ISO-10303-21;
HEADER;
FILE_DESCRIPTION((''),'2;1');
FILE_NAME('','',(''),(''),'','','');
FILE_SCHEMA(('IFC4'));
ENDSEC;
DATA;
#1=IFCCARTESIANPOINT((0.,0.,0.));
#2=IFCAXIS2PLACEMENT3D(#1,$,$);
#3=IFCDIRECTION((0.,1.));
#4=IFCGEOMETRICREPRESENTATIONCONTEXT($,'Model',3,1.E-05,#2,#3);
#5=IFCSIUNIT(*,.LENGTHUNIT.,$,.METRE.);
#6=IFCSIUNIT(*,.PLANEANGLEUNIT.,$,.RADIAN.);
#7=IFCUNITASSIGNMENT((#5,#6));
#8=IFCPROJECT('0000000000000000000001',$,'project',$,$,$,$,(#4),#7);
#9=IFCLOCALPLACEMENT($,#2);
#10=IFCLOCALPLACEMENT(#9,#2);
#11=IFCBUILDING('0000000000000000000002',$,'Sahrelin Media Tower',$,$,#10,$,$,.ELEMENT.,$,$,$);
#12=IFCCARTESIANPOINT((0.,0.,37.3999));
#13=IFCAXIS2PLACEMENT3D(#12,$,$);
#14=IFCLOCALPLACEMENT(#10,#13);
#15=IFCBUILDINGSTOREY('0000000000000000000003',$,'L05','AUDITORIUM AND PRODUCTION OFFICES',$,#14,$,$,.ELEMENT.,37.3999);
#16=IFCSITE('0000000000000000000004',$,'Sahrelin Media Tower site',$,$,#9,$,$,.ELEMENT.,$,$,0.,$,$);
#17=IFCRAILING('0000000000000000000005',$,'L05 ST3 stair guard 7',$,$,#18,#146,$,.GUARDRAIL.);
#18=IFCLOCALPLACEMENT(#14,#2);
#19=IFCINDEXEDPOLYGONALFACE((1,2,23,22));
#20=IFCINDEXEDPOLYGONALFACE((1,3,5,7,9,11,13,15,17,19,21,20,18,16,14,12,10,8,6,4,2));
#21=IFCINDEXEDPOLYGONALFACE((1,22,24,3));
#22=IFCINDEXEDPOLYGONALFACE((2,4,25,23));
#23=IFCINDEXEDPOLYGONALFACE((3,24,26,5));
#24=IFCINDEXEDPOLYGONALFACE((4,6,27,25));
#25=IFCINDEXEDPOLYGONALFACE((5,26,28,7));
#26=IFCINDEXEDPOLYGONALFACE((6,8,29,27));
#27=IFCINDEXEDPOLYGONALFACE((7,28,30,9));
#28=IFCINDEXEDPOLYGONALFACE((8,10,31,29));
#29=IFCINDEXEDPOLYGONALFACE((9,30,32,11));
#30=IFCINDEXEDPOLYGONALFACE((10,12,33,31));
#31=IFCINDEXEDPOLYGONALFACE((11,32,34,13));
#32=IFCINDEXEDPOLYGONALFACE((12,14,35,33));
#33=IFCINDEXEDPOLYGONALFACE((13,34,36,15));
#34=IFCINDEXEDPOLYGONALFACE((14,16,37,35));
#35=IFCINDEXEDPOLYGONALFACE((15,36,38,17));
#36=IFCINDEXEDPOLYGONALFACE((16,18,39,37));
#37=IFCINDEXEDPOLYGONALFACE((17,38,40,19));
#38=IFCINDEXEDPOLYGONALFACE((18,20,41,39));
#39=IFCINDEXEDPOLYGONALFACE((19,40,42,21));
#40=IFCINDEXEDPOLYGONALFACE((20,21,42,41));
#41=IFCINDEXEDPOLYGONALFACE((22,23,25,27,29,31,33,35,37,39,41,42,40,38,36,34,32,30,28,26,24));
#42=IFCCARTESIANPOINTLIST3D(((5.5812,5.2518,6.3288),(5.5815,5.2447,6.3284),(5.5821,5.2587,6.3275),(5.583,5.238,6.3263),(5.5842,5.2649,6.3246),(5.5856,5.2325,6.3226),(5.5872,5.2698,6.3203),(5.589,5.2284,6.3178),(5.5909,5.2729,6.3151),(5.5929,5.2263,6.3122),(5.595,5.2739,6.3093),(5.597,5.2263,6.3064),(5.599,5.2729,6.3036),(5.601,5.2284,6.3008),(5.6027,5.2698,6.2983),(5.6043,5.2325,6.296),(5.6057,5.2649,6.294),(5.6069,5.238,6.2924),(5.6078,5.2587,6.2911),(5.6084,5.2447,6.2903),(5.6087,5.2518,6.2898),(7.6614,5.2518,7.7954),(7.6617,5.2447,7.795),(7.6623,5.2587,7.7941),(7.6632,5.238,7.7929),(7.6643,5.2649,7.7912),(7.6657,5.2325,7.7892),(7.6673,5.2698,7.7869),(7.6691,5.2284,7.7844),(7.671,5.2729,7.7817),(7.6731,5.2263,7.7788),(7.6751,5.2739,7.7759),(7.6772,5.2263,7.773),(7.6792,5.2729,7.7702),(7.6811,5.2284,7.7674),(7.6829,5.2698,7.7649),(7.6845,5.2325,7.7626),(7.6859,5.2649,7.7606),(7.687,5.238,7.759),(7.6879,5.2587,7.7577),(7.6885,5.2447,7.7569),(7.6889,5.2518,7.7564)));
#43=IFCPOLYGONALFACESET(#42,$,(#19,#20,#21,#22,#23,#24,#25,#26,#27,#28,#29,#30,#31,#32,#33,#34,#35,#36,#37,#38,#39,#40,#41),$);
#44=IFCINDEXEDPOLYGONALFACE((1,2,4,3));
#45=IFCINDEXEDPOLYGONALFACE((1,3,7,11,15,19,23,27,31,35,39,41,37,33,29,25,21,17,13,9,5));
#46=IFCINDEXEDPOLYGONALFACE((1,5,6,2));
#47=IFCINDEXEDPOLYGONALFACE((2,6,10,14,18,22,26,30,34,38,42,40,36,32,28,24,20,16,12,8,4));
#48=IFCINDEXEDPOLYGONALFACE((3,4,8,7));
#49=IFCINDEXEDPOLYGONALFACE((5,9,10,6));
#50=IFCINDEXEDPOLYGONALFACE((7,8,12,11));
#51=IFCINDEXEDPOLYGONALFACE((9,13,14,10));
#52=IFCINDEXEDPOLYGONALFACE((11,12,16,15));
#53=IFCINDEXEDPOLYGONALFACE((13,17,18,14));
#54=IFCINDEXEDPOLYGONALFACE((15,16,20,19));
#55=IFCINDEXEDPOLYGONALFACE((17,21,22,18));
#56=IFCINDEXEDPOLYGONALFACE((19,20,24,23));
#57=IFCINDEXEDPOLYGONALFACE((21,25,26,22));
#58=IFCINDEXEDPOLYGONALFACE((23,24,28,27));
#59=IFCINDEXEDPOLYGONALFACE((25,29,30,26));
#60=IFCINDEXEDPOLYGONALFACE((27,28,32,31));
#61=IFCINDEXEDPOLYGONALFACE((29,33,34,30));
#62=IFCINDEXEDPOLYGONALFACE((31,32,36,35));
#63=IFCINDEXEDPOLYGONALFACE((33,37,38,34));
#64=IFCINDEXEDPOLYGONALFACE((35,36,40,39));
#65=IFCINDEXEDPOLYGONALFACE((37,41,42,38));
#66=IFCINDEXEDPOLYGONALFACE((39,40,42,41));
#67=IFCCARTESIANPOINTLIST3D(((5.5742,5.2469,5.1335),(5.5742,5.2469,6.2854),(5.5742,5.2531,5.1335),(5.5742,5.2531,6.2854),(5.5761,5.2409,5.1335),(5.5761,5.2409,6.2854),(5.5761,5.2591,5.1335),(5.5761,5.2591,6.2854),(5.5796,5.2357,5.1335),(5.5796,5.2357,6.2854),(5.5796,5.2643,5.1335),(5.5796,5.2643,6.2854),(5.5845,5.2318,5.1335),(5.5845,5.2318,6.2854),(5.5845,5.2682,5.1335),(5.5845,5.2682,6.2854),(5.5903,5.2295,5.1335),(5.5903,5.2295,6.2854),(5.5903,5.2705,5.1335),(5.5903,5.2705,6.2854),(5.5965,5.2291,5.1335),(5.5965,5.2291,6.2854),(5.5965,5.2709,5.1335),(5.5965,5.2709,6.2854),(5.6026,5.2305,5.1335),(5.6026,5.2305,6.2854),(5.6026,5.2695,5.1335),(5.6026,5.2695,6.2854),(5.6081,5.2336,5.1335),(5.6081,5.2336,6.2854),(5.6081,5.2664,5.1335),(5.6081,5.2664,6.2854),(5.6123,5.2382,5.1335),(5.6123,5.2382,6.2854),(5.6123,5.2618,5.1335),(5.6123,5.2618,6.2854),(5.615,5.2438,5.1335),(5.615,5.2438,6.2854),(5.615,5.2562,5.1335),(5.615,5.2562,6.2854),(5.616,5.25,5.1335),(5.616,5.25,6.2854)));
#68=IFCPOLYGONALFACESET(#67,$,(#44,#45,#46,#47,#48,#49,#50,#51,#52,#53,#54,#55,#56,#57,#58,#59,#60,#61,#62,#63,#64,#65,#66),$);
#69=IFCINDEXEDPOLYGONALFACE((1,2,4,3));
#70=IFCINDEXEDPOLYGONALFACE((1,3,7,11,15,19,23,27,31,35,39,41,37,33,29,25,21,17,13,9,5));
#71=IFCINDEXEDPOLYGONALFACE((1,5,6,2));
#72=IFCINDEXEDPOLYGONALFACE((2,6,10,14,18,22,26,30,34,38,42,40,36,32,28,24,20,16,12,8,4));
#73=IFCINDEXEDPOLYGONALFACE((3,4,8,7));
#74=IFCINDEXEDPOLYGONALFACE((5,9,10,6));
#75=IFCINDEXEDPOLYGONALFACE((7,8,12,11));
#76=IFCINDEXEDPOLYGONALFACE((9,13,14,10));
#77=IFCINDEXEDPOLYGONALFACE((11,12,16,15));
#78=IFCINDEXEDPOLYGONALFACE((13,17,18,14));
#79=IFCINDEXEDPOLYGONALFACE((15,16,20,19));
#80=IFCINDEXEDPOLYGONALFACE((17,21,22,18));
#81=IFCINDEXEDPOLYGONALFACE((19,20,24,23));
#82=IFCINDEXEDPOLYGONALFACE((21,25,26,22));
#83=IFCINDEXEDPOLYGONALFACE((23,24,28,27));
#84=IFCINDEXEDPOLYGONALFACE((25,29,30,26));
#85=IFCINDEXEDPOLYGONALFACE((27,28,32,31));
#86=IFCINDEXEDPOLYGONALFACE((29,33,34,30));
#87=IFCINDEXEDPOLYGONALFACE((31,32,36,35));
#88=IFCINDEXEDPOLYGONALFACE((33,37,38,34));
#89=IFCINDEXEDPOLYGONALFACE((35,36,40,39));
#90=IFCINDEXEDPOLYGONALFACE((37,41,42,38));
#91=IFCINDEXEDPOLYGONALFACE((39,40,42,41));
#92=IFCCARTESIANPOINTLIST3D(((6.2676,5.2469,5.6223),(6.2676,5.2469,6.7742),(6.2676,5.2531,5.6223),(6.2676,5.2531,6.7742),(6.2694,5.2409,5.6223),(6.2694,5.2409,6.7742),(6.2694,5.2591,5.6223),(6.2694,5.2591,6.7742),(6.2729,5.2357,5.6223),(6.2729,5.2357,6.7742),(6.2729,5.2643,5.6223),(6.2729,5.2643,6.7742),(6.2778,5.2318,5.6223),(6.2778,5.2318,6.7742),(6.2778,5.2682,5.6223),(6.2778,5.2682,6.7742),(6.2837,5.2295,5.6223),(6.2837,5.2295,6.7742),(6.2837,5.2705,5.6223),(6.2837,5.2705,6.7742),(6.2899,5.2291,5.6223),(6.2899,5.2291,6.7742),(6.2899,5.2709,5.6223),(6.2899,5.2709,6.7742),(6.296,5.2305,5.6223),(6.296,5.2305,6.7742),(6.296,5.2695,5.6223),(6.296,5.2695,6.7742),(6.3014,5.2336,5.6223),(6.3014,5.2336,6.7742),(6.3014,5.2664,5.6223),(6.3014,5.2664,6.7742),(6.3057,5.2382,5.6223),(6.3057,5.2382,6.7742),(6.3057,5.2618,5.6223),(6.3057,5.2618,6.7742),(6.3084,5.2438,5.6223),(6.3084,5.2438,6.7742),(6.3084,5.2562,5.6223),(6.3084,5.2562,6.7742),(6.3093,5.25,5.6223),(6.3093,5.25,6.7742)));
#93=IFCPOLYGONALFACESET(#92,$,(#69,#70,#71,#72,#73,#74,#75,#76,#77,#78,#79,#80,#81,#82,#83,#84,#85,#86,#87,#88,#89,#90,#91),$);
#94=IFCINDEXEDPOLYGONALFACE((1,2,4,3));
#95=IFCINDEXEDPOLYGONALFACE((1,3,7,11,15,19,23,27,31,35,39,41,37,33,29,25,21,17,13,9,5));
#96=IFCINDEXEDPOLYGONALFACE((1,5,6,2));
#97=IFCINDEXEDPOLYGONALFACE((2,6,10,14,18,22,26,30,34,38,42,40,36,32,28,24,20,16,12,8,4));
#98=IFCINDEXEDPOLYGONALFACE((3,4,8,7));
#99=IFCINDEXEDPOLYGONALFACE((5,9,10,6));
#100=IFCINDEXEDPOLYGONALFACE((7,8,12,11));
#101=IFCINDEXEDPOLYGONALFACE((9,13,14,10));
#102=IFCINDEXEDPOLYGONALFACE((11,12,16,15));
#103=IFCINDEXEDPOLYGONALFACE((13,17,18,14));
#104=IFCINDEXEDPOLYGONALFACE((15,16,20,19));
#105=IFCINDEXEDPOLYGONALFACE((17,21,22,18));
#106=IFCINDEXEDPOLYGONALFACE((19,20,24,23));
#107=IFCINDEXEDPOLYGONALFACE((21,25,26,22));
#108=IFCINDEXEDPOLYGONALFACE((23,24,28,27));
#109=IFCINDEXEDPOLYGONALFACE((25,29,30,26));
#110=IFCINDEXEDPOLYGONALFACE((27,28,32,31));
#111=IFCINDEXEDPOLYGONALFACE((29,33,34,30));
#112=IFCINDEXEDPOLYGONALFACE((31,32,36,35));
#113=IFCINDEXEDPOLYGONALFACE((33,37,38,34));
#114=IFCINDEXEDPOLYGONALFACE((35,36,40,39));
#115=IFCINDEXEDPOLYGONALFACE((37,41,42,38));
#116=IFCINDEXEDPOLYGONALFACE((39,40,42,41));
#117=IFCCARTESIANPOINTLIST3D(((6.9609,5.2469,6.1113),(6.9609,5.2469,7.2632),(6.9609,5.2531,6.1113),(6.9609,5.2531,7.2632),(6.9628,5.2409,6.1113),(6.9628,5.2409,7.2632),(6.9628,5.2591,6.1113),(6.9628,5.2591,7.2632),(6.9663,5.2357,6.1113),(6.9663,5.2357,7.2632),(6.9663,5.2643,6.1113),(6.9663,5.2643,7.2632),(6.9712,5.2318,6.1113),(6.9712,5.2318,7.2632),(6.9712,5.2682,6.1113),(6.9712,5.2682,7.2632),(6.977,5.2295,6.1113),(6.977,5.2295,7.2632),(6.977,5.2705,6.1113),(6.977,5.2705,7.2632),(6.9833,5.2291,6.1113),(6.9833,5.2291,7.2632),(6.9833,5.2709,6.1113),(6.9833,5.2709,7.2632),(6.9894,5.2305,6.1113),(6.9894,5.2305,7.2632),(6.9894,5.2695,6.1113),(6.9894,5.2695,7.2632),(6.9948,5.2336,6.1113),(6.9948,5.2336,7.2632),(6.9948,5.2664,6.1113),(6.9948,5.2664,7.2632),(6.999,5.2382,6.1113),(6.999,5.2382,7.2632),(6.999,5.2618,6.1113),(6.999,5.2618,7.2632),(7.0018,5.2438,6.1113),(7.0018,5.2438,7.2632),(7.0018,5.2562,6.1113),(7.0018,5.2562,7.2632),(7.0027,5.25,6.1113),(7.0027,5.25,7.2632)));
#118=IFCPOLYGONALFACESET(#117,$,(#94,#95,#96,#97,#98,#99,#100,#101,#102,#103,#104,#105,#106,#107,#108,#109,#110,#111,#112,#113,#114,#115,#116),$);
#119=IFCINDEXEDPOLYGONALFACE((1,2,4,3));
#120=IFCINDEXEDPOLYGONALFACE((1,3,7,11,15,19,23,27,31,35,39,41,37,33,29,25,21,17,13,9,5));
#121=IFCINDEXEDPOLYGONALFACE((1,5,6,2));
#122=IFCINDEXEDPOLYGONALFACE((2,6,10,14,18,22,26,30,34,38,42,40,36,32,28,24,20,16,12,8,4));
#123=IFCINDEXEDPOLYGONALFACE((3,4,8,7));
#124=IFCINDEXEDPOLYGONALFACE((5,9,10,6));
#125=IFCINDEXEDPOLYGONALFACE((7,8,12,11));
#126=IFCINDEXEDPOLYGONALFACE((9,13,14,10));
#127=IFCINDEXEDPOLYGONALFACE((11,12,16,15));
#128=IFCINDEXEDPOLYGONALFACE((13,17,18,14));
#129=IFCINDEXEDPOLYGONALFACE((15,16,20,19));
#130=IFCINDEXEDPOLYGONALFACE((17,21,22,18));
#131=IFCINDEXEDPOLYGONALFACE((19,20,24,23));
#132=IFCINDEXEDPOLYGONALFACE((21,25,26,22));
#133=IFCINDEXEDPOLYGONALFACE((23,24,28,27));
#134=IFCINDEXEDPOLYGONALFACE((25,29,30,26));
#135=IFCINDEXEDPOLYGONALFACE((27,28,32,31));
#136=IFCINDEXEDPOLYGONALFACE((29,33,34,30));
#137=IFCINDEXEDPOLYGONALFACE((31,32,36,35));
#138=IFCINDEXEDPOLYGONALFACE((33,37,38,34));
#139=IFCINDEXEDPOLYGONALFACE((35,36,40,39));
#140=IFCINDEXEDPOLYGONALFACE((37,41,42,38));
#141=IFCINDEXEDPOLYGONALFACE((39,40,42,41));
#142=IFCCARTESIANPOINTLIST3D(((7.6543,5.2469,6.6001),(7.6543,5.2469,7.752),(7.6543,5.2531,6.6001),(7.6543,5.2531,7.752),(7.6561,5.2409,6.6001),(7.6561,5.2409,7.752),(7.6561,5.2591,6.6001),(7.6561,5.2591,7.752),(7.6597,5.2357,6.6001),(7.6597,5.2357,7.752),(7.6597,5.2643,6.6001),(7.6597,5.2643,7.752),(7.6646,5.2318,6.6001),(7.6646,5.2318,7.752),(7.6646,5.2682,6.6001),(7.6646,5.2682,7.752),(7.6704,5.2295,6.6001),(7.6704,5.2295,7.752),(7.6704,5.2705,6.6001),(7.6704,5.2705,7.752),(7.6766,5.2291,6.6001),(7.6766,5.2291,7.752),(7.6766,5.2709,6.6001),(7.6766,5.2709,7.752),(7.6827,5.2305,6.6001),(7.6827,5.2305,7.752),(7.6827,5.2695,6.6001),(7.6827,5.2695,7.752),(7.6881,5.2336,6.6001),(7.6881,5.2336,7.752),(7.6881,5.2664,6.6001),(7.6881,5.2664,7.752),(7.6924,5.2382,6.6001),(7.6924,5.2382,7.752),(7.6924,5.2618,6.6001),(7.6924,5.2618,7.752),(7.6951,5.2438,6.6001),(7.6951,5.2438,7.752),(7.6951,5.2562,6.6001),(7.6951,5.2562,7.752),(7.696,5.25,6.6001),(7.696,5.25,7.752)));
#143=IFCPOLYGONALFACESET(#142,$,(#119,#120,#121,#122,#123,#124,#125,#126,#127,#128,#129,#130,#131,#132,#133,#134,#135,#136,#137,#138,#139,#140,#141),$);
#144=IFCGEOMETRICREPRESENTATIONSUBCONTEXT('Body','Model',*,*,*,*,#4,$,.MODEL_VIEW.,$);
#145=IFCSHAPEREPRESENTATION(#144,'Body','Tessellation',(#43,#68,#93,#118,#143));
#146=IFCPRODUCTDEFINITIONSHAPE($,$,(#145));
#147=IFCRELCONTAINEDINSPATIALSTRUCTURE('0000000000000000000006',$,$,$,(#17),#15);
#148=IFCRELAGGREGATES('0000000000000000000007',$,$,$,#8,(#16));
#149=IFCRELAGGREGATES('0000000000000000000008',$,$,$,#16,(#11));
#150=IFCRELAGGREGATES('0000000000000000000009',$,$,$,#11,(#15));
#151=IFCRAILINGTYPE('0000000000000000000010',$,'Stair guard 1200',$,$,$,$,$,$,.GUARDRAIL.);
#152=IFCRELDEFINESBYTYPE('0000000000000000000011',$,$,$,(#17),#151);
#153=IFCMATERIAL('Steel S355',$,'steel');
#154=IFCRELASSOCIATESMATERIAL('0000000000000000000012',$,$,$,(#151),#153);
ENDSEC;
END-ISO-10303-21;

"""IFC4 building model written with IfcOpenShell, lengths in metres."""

from ifc_helpers import new_model, si_unit, direction, frame, origin, origin_2d, place, context, subcontext, project, spatial, circle, extrude, material, type_object, element, save


model = new_model("IFC4")

# Units and contexts
model_context = context("Model", 3, precision=1e-05, world=origin(), true_north=direction((0.0, 1.0)))
body_context = subcontext(model_context, "Body", "Model", "MODEL_VIEW")
ifc_project = project(units=[si_unit("LENGTHUNIT", "METRE"), si_unit("PLANEANGLEUNIT", "RADIAN")], contexts=[model_context])

# Site, building, storey
site_placement = place(None, origin())
site = spatial("IfcSite", under=ifc_project, at=site_placement, Name="Sahrelin Media Tower site", CompositionType="ELEMENT", RefElevation=0.0)
building_placement = place(site_placement, origin())
building = spatial("IfcBuilding", under=site, at=building_placement, Name="Sahrelin Media Tower", CompositionType="ELEMENT")
storey_placement = place(building_placement, frame((0.0, 0.0, 37.3999)))
storey = spatial("IfcBuildingStorey", under=building, at=storey_placement, Name="L05", Description="AUDITORIUM AND PRODUCTION OFFICES", CompositionType="ELEMENT", Elevation=37.3999)

# Shared definitions
ifc_material_1 = material(Name="Steel S355", Category="steel")

# Railing
railing_type_1 = type_object("IfcRailingType", Name="Stair guard 1200", PredefinedType="GUARDRAIL", material=ifc_material_1)
railing_1_placement = place(storey_placement, frame((5.595, 5.25, 5.1335)))
element("IfcRailing", 1, at=railing_1_placement, inside=storey, type_object=railing_type_1, Name="L05 ST3 stair guard 7", PredefinedType="GUARDRAIL", context=body_context, shape_type="SweptSolid", body=[
    extrude(circle(Radius=0.0239, at=origin_2d()), frame((0.0, 0.0, 1.1758), z_axis=(0.817289, 0.0, 0.576227), x_axis=(0.0, 1.0, 0.0)), (0.0, 0.0, 1.0), 2.5452),
    extrude(circle(Radius=0.021, at=origin_2d()), origin(), (0.0, 0.0, 1.0), 1.1519),
    extrude(circle(Radius=0.021, at=origin_2d()), frame((0.6934, 0.0, 0.4888)), (0.0, 0.0, 1.0), 1.1519),
    extrude(circle(Radius=0.021, at=origin_2d()), frame((1.3867, 0.0, 0.9778)), (0.0, 0.0, 1.0), 1.1519),
    extrude(circle(Radius=0.021, at=origin_2d()), frame((2.0801, 0.0, 1.4666)), (0.0, 0.0, 1.0), 1.1519),
])

save(model, "model.ifc")
